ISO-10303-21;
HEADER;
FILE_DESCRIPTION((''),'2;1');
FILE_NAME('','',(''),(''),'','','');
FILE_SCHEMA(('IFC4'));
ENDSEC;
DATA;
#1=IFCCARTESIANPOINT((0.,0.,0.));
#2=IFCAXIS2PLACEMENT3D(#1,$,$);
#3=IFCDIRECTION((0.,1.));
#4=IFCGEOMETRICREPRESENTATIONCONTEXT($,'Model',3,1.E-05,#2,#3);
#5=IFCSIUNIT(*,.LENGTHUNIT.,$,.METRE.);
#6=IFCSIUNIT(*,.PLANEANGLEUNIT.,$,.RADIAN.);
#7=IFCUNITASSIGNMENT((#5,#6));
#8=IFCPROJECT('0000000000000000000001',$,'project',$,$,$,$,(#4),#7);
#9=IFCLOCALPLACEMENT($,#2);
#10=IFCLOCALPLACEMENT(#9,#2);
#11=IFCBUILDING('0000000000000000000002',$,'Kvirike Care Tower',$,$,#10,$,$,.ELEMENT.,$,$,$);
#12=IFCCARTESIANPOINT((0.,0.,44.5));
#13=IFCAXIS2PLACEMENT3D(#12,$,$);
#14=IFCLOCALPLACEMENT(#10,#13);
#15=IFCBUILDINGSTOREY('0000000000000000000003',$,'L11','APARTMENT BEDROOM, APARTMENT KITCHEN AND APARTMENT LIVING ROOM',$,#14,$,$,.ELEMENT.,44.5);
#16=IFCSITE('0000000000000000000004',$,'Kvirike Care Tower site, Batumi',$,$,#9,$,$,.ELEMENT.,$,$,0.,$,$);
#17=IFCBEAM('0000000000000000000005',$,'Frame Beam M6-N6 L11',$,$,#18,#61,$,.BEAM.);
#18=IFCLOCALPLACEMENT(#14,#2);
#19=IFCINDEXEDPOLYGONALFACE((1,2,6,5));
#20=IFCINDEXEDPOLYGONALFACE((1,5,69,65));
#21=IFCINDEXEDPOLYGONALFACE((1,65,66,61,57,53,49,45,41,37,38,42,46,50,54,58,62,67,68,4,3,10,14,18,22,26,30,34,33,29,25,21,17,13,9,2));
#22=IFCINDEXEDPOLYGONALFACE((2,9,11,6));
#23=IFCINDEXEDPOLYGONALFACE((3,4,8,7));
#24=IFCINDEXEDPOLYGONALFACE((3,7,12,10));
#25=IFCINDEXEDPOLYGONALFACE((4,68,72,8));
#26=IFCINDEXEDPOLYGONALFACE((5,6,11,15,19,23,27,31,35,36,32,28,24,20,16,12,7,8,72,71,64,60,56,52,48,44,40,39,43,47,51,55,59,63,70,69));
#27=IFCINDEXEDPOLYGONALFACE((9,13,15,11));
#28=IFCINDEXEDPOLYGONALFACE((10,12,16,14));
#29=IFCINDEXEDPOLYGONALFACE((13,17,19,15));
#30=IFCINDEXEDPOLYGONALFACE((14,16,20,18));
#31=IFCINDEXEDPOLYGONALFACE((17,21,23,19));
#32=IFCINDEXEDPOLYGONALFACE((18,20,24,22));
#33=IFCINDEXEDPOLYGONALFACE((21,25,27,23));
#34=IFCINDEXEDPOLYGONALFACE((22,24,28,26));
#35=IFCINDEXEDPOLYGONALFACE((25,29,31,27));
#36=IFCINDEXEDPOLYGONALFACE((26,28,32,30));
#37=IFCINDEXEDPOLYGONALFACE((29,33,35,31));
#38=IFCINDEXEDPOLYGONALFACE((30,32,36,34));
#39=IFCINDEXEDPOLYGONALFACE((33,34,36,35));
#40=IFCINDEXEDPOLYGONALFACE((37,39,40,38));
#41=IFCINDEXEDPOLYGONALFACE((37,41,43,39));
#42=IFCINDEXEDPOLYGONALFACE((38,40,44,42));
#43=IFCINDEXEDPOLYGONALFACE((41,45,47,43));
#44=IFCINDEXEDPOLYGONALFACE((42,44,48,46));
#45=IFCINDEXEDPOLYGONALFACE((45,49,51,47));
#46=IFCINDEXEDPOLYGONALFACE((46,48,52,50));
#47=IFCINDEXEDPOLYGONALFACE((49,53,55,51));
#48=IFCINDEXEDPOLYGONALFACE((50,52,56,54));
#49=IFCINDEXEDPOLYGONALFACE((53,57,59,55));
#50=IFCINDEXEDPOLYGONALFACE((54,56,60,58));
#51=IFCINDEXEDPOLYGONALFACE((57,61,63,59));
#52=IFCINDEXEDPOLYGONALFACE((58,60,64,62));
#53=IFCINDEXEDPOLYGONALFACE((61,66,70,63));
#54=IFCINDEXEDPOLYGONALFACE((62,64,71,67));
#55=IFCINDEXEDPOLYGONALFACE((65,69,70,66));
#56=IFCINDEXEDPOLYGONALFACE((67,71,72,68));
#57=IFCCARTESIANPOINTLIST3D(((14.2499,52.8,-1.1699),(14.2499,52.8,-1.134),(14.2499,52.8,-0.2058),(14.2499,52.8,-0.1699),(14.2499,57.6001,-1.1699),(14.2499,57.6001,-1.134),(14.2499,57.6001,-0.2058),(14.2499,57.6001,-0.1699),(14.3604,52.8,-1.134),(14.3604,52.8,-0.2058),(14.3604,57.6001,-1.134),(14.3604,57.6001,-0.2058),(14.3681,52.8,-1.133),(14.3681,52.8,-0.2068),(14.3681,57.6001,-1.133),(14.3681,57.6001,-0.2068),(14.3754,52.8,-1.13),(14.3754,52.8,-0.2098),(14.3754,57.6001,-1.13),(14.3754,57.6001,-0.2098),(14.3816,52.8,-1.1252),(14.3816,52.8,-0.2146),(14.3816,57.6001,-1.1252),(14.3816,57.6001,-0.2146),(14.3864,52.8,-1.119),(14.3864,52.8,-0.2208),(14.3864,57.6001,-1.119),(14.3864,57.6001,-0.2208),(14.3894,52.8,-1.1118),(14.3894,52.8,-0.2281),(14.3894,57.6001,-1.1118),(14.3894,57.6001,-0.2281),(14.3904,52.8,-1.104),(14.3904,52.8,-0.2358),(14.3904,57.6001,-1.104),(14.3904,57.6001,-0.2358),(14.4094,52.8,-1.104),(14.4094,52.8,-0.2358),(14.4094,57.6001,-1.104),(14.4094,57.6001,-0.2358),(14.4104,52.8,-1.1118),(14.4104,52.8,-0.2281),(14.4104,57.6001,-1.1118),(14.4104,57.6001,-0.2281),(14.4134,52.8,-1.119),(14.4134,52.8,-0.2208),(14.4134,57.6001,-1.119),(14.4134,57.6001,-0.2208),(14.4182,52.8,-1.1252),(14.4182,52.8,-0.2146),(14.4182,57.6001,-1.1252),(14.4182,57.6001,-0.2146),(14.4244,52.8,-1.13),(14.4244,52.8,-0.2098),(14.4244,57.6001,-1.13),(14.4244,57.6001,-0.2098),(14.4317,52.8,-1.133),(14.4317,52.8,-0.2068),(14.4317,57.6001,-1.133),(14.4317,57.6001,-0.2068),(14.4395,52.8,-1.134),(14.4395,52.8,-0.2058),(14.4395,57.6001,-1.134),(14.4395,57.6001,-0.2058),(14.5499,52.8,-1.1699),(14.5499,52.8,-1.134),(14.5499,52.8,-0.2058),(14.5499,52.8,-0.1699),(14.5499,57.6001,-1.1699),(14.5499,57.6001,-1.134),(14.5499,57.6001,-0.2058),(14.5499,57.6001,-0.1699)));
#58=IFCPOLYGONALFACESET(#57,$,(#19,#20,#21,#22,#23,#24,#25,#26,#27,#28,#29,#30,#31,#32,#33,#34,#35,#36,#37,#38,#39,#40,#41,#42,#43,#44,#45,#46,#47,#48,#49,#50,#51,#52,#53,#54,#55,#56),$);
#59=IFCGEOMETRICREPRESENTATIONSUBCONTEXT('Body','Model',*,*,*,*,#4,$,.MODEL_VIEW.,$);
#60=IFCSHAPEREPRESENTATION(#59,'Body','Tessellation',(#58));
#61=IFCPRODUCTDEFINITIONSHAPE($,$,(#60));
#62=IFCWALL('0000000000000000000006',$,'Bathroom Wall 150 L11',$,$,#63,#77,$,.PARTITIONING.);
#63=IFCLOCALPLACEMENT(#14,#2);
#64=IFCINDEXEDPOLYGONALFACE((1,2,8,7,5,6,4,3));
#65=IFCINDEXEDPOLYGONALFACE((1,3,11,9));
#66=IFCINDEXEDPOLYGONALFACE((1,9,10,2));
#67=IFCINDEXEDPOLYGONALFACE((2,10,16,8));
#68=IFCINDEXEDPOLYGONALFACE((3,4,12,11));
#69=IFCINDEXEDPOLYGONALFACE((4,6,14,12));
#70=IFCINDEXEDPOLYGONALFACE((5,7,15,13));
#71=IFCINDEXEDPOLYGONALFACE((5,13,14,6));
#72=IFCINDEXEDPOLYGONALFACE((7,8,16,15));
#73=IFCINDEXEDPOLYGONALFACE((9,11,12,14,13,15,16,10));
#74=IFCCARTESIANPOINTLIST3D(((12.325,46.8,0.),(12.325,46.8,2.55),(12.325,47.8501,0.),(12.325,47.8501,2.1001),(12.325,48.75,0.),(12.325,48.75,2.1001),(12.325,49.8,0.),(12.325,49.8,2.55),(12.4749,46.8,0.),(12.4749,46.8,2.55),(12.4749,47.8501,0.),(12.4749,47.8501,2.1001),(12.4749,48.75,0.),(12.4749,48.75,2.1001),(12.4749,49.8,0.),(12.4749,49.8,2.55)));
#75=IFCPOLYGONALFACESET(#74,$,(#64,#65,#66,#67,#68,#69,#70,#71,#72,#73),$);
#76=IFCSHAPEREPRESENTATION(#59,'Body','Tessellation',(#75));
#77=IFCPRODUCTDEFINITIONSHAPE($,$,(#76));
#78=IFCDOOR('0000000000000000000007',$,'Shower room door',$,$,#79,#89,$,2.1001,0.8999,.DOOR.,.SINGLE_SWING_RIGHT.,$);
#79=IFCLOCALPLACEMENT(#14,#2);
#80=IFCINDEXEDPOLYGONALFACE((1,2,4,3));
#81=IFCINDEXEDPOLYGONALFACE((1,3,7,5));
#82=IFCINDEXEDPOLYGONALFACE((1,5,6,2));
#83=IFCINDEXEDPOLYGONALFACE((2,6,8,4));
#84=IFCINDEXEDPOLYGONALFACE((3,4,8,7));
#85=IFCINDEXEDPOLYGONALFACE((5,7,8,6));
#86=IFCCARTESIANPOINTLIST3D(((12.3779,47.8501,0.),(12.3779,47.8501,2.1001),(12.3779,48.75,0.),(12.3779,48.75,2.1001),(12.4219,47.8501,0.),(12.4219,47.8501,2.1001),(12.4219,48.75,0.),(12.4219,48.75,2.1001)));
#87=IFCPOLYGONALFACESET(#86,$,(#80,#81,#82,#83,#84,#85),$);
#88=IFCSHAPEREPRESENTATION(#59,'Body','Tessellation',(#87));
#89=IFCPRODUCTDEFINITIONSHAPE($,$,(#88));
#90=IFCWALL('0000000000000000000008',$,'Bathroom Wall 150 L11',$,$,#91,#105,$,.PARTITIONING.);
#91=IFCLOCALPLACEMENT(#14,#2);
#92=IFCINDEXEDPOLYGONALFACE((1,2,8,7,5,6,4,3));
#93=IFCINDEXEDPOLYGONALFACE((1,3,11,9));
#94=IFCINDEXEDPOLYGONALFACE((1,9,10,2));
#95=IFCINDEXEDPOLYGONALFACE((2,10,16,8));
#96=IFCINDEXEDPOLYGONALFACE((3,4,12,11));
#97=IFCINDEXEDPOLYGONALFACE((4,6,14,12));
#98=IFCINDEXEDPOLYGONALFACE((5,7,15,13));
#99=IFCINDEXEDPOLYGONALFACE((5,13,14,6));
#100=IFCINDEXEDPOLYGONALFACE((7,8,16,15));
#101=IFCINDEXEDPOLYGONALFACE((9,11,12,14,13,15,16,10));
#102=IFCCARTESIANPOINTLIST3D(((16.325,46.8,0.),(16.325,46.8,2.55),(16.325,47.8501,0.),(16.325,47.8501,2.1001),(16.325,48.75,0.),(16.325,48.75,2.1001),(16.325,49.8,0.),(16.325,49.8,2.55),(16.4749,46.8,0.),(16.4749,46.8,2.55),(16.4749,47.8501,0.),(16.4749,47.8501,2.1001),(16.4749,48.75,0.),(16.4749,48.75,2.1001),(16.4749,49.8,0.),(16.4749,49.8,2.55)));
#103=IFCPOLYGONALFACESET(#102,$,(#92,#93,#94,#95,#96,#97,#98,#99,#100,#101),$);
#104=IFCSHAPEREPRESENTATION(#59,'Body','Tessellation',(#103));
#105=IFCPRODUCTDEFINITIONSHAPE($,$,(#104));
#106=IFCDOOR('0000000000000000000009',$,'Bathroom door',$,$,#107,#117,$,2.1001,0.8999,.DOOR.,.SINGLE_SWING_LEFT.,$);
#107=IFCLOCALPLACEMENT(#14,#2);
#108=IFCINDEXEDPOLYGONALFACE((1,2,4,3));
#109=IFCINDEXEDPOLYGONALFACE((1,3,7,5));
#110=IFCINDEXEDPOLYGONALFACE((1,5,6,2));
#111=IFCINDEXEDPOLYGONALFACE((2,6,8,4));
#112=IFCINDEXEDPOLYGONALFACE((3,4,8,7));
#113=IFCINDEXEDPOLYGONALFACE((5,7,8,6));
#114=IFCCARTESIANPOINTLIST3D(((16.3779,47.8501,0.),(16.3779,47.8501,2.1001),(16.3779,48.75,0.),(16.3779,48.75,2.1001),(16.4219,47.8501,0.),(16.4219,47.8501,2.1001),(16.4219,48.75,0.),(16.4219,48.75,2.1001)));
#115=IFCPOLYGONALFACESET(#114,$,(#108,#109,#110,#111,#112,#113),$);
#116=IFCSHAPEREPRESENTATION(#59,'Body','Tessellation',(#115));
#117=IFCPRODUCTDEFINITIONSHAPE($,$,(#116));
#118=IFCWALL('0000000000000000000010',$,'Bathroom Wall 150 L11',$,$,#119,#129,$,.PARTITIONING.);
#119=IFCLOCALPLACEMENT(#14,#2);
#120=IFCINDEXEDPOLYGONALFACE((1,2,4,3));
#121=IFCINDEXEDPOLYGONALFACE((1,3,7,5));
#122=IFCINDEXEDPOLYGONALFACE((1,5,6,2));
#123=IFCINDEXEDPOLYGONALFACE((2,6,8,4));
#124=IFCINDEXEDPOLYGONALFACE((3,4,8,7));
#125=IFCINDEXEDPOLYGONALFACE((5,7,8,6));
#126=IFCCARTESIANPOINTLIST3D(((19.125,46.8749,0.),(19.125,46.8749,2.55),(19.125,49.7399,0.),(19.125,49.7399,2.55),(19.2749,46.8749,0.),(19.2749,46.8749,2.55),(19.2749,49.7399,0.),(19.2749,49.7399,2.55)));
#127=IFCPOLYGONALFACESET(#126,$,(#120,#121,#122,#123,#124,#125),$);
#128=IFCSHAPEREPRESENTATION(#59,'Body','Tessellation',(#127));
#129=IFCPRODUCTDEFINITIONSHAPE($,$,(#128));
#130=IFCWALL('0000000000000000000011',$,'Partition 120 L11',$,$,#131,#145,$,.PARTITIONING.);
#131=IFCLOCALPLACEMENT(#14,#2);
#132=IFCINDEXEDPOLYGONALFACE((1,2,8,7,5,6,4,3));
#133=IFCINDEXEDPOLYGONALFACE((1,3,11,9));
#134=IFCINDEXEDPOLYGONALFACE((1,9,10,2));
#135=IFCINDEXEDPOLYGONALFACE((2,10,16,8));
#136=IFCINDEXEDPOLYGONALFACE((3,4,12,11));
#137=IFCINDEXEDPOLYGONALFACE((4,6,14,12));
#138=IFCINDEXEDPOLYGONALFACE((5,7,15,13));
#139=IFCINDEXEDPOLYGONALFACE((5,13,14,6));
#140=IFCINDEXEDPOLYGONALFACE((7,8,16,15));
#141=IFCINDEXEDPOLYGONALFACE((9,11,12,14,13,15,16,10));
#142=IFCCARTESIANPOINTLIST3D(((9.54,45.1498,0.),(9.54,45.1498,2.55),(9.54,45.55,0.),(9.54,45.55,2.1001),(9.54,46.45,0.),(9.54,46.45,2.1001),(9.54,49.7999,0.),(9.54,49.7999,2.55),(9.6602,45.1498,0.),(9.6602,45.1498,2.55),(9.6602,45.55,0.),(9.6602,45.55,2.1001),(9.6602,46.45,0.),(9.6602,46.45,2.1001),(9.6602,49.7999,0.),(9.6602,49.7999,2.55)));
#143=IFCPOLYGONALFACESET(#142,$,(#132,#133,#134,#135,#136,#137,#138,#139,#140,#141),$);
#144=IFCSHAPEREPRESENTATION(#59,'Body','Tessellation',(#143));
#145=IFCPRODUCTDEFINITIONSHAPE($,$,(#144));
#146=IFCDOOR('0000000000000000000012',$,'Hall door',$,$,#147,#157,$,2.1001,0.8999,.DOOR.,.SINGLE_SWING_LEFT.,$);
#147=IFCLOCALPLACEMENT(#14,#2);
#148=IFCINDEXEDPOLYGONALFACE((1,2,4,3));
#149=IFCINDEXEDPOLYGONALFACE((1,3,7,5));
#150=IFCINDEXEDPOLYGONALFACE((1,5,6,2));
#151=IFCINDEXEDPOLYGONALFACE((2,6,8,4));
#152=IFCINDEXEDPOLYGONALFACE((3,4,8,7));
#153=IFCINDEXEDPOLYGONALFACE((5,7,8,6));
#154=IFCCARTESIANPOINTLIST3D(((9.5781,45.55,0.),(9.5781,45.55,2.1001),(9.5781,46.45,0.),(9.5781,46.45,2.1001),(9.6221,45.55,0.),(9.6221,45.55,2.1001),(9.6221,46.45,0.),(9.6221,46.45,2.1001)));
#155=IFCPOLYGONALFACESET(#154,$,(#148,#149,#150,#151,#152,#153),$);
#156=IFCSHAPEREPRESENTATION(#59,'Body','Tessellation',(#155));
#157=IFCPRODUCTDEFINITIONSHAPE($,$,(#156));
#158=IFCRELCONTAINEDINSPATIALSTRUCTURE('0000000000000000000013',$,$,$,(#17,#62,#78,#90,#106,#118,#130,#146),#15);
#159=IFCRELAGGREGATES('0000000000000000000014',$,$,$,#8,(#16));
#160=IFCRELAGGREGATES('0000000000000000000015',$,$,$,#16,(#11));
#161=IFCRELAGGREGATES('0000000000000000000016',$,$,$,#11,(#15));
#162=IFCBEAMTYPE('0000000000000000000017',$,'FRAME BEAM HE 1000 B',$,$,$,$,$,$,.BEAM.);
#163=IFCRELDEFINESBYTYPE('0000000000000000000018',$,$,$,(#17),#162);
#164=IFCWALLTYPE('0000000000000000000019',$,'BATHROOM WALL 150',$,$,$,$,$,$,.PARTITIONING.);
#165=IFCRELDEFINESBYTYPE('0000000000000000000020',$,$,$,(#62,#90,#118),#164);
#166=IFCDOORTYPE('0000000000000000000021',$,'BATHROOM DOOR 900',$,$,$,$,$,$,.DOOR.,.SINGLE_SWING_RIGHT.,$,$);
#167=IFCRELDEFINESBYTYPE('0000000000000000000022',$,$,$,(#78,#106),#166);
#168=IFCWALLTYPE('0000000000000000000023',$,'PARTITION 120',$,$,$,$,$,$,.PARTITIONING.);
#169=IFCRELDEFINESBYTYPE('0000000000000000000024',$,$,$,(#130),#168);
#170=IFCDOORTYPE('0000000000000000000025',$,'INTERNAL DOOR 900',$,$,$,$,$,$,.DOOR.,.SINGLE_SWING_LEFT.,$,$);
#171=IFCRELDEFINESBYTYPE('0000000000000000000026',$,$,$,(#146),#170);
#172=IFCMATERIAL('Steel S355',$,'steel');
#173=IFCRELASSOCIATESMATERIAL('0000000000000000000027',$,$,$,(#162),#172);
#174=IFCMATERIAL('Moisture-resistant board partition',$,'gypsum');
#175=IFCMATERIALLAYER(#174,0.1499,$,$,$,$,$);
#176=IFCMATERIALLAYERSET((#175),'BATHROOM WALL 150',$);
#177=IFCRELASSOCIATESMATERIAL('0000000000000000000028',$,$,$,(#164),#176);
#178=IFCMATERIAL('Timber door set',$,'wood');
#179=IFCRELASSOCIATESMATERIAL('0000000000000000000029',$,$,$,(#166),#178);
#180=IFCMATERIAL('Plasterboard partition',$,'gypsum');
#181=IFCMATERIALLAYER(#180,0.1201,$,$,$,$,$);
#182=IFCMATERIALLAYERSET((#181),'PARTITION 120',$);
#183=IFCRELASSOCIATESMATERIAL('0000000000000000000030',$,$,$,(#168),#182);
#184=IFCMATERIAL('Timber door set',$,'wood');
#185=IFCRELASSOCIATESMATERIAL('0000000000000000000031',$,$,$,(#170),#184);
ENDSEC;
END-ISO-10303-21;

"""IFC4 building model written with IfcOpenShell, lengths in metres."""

from ifc_helpers import new_model, si_unit, direction, frame, frame_2d, origin, origin_2d, place, context, subcontext, project, spatial, rectangle, i_section, extrude, material, layer, layer_set, material_profile, profile_set, type_object, element, fill, save


model = new_model("IFC4")

# Units and contexts
model_context = context("Model", 3, precision=1e-05, world=origin(), true_north=direction((0.0, 1.0)))
body_context = subcontext(model_context, "Body", "Model", "MODEL_VIEW")
ifc_project = project(units=[si_unit("LENGTHUNIT", "METRE"), si_unit("PLANEANGLEUNIT", "RADIAN")], contexts=[model_context])

# Site, building, storey
site_placement = place(None, origin())
site = spatial("IfcSite", under=ifc_project, at=site_placement, Name="Kvirike Care Tower site, Batumi", CompositionType="ELEMENT", RefElevation=0.0)
building_placement = place(site_placement, origin())
building = spatial("IfcBuilding", under=site, at=building_placement, Name="Kvirike Care Tower", CompositionType="ELEMENT")
storey_placement = place(building_placement, frame((0.0, 0.0, 44.5)))
storey = spatial("IfcBuildingStorey", under=building, at=storey_placement, Name="L11", Description="APARTMENT BEDROOM, APARTMENT KITCHEN AND APARTMENT LIVING ROOM", CompositionType="ELEMENT", Elevation=44.5)

# Beam
ifc_material_1 = material(Name="Steel S355", Category="steel")
ifc_material_profile_1 = material_profile(ifc_material_1, i_section(OverallWidth=0.3, OverallDepth=1.0, WebThickness=0.019, FlangeThickness=0.0359, FilletRadius=0.03, at=origin_2d()), Name="HE 1000 B")
ifc_profile_set_1 = profile_set([ifc_material_profile_1], Name="Steel S355")
beam_type_1 = type_object("IfcBeamType", Name="FRAME BEAM HE 1000 B", PredefinedType="BEAM", material=ifc_profile_set_1)
for number, where, z_axis, x_axis, name in (
    (1, (14.3999, 52.8, -0.6699), (0.0, 1.0, 0.0), (-1.0, 0.0, 0.0), "Frame Beam M6-N6 L11"),
):
    element("IfcBeam", number, at=place(storey_placement, frame(where, z_axis=z_axis, x_axis=x_axis)), inside=storey, type_object=beam_type_1, Name=name, PredefinedType="BEAM", context=body_context, shape_type="SweptSolid", body=[
        extrude(i_section(OverallWidth=0.3, OverallDepth=1.0, WebThickness=0.019, FlangeThickness=0.0359, FilletRadius=0.03, at=origin_2d()), origin(), (0.0, 0.0, 1.0), 4.8),
    ])

# Walls, openings, doors
ifc_material_2 = material(Name="Moisture-resistant board partition", Category="gypsum")
ifc_layer_1 = layer(ifc_material_2, 0.1499)
ifc_layer_set_1 = layer_set([ifc_layer_1], Name="BATHROOM WALL 150")
wall_type_1 = type_object("IfcWallType", Name="BATHROOM WALL 150", PredefinedType="PARTITIONING", material=ifc_layer_set_1)
wall_1_placement = place(storey_placement, frame((12.3999, 49.8, 0.0), z_axis=(0.0, 0.0, 1.0), x_axis=(0.0, -1.0, 0.0)))
wall_1 = element("IfcWall", 2, at=wall_1_placement, inside=storey, type_object=wall_type_1, Name="Bathroom Wall 150 L11", PredefinedType="PARTITIONING", context=body_context, shape_type="SweptSolid", body=[
    extrude(rectangle(XDim=3.0, YDim=0.1499, at=frame_2d((1.5, 0.0))), origin(), (0.0, 0.0, 1.0), 2.55),
])
opening_1_placement = place(wall_1_placement, frame((1.05, 0.0, 0.0)))
opening_1 = element("IfcOpeningElement", 3, at=opening_1_placement, cuts=wall_1, PredefinedType="OPENING", context=body_context, shape_type="SweptSolid", body=[
    extrude(rectangle(XDim=0.8999, YDim=2.1001, at=frame_2d((0.45, 1.05))), frame((0.0, 0.0854, 0.0), z_axis=(0.0, -1.0, 0.0), x_axis=(1.0, 0.0, 0.0)), (0.0, 0.0, 1.0), 0.1709),
])
ifc_material_3 = material(Name="Timber door set", Category="wood")
door_type_1 = type_object("IfcDoorType", Name="BATHROOM DOOR 900", OperationType="SINGLE_SWING_RIGHT", PredefinedType="DOOR", material=ifc_material_3)
door_1_placement = place(opening_1_placement, frame((0.8999, 0.0, 0.0), z_axis=(0.0, 0.0, 1.0), x_axis=(-1.0, 0.0, 0.0)))
door_1 = element("IfcDoor", 4, at=door_1_placement, inside=storey, type_object=door_type_1, Name="Shower room door", OperationType="SINGLE_SWING_RIGHT", OverallHeight=2.1001, OverallWidth=0.8999, PredefinedType="DOOR", context=body_context, shape_type="SweptSolid", body=[
    extrude(rectangle(XDim=0.8999, YDim=2.1001, at=frame_2d((0.45, 1.05))), frame((0.0, 0.022, 0.0), z_axis=(0.0, -1.0, 0.0), x_axis=(1.0, 0.0, 0.0)), (0.0, 0.0, 1.0), 0.0439),
])
fill(opening_1, door_1)
wall_2_placement = place(storey_placement, frame((16.3999, 49.8, 0.0), z_axis=(0.0, 0.0, 1.0), x_axis=(0.0, -1.0, 0.0)))
wall_2 = element("IfcWall", 5, at=wall_2_placement, inside=storey, type_object=wall_type_1, Name="Bathroom Wall 150 L11", PredefinedType="PARTITIONING", context=body_context, shape_type="SweptSolid", body=[
    extrude(rectangle(XDim=3.0, YDim=0.1499, at=frame_2d((1.5, 0.0))), origin(), (0.0, 0.0, 1.0), 2.55),
])
opening_2_placement = place(wall_2_placement, frame((1.05, 0.0, 0.0)))
opening_2 = element("IfcOpeningElement", 6, at=opening_2_placement, cuts=wall_2, PredefinedType="OPENING", context=body_context, shape_type="SweptSolid", body=[
    extrude(rectangle(XDim=0.8999, YDim=2.1001, at=frame_2d((0.45, 1.05))), frame((0.0, 0.0854, 0.0), z_axis=(0.0, -1.0, 0.0), x_axis=(1.0, 0.0, 0.0)), (0.0, 0.0, 1.0), 0.1709),
])
door_2_placement = place(opening_2_placement, origin())
door_2 = element("IfcDoor", 7, at=door_2_placement, inside=storey, type_object=door_type_1, Name="Bathroom door", OperationType="SINGLE_SWING_LEFT", OverallHeight=2.1001, OverallWidth=0.8999, PredefinedType="DOOR", context=body_context, shape_type="SweptSolid", body=[
    extrude(rectangle(XDim=0.8999, YDim=2.1001, at=frame_2d((0.45, 1.05))), frame((0.0, 0.022, 0.0), z_axis=(0.0, -1.0, 0.0), x_axis=(1.0, 0.0, 0.0)), (0.0, 0.0, 1.0), 0.0439),
])
fill(opening_2, door_2)

# Wall
wall_3_placement = place(storey_placement, frame((19.2, 49.74, 0.0), z_axis=(0.0, 0.0, 1.0), x_axis=(0.0, -1.0, 0.0)))
element("IfcWall", 8, at=wall_3_placement, inside=storey, type_object=wall_type_1, Name="Bathroom Wall 150 L11", PredefinedType="PARTITIONING", context=body_context, shape_type="SweptSolid", body=[
    extrude(rectangle(XDim=2.865, YDim=0.1499, at=frame_2d((1.4326, 0.0))), origin(), (0.0, 0.0, 1.0), 2.55),
])

# Wall, opening, door
ifc_material_4 = material(Name="Plasterboard partition", Category="gypsum")
ifc_layer_2 = layer(ifc_material_4, 0.1201)
ifc_layer_set_2 = layer_set([ifc_layer_2], Name="PARTITION 120")
wall_type_2 = type_object("IfcWallType", Name="PARTITION 120", PredefinedType="PARTITIONING", material=ifc_layer_set_2)
wall_4_placement = place(storey_placement, frame((9.6001, 49.8, 0.0), z_axis=(0.0, 0.0, 1.0), x_axis=(0.0, -1.0, 0.0)))
wall_4 = element("IfcWall", 9, at=wall_4_placement, inside=storey, type_object=wall_type_2, Name="Partition 120 L11", PredefinedType="PARTITIONING", context=body_context, shape_type="SweptSolid", body=[
    extrude(rectangle(XDim=4.6501, YDim=0.1201, at=frame_2d((2.3252, 0.0))), origin(), (0.0, 0.0, 1.0), 2.55),
])
opening_3_placement = place(wall_4_placement, frame((3.3501, 0.0, 0.0)))
opening_3 = element("IfcOpeningElement", 10, at=opening_3_placement, cuts=wall_4, PredefinedType="OPENING", context=body_context, shape_type="SweptSolid", body=[
    extrude(rectangle(XDim=0.8999, YDim=2.1001, at=frame_2d((0.45, 1.05))), frame((0.0, 0.0706, 0.0), z_axis=(0.0, -1.0, 0.0), x_axis=(1.0, 0.0, 0.0)), (0.0, 0.0, 1.0), 0.1411),
])
ifc_material_5 = material(Name="Timber door set", Category="wood")
door_type_2 = type_object("IfcDoorType", Name="INTERNAL DOOR 900", OperationType="SINGLE_SWING_LEFT", PredefinedType="DOOR", material=ifc_material_5)
door_3_placement = place(opening_3_placement, origin())
door_3 = element("IfcDoor", 11, at=door_3_placement, inside=storey, type_object=door_type_2, Name="Hall door", OperationType="SINGLE_SWING_LEFT", OverallHeight=2.1001, OverallWidth=0.8999, PredefinedType="DOOR", context=body_context, shape_type="SweptSolid", body=[
    extrude(rectangle(XDim=0.8999, YDim=2.1001, at=frame_2d((0.45, 1.05))), frame((0.0, 0.022, 0.0), z_axis=(0.0, -1.0, 0.0), x_axis=(1.0, 0.0, 0.0)), (0.0, 0.0, 1.0), 0.0439),
])
fill(opening_3, door_3)

save(model, "model.ifc")
